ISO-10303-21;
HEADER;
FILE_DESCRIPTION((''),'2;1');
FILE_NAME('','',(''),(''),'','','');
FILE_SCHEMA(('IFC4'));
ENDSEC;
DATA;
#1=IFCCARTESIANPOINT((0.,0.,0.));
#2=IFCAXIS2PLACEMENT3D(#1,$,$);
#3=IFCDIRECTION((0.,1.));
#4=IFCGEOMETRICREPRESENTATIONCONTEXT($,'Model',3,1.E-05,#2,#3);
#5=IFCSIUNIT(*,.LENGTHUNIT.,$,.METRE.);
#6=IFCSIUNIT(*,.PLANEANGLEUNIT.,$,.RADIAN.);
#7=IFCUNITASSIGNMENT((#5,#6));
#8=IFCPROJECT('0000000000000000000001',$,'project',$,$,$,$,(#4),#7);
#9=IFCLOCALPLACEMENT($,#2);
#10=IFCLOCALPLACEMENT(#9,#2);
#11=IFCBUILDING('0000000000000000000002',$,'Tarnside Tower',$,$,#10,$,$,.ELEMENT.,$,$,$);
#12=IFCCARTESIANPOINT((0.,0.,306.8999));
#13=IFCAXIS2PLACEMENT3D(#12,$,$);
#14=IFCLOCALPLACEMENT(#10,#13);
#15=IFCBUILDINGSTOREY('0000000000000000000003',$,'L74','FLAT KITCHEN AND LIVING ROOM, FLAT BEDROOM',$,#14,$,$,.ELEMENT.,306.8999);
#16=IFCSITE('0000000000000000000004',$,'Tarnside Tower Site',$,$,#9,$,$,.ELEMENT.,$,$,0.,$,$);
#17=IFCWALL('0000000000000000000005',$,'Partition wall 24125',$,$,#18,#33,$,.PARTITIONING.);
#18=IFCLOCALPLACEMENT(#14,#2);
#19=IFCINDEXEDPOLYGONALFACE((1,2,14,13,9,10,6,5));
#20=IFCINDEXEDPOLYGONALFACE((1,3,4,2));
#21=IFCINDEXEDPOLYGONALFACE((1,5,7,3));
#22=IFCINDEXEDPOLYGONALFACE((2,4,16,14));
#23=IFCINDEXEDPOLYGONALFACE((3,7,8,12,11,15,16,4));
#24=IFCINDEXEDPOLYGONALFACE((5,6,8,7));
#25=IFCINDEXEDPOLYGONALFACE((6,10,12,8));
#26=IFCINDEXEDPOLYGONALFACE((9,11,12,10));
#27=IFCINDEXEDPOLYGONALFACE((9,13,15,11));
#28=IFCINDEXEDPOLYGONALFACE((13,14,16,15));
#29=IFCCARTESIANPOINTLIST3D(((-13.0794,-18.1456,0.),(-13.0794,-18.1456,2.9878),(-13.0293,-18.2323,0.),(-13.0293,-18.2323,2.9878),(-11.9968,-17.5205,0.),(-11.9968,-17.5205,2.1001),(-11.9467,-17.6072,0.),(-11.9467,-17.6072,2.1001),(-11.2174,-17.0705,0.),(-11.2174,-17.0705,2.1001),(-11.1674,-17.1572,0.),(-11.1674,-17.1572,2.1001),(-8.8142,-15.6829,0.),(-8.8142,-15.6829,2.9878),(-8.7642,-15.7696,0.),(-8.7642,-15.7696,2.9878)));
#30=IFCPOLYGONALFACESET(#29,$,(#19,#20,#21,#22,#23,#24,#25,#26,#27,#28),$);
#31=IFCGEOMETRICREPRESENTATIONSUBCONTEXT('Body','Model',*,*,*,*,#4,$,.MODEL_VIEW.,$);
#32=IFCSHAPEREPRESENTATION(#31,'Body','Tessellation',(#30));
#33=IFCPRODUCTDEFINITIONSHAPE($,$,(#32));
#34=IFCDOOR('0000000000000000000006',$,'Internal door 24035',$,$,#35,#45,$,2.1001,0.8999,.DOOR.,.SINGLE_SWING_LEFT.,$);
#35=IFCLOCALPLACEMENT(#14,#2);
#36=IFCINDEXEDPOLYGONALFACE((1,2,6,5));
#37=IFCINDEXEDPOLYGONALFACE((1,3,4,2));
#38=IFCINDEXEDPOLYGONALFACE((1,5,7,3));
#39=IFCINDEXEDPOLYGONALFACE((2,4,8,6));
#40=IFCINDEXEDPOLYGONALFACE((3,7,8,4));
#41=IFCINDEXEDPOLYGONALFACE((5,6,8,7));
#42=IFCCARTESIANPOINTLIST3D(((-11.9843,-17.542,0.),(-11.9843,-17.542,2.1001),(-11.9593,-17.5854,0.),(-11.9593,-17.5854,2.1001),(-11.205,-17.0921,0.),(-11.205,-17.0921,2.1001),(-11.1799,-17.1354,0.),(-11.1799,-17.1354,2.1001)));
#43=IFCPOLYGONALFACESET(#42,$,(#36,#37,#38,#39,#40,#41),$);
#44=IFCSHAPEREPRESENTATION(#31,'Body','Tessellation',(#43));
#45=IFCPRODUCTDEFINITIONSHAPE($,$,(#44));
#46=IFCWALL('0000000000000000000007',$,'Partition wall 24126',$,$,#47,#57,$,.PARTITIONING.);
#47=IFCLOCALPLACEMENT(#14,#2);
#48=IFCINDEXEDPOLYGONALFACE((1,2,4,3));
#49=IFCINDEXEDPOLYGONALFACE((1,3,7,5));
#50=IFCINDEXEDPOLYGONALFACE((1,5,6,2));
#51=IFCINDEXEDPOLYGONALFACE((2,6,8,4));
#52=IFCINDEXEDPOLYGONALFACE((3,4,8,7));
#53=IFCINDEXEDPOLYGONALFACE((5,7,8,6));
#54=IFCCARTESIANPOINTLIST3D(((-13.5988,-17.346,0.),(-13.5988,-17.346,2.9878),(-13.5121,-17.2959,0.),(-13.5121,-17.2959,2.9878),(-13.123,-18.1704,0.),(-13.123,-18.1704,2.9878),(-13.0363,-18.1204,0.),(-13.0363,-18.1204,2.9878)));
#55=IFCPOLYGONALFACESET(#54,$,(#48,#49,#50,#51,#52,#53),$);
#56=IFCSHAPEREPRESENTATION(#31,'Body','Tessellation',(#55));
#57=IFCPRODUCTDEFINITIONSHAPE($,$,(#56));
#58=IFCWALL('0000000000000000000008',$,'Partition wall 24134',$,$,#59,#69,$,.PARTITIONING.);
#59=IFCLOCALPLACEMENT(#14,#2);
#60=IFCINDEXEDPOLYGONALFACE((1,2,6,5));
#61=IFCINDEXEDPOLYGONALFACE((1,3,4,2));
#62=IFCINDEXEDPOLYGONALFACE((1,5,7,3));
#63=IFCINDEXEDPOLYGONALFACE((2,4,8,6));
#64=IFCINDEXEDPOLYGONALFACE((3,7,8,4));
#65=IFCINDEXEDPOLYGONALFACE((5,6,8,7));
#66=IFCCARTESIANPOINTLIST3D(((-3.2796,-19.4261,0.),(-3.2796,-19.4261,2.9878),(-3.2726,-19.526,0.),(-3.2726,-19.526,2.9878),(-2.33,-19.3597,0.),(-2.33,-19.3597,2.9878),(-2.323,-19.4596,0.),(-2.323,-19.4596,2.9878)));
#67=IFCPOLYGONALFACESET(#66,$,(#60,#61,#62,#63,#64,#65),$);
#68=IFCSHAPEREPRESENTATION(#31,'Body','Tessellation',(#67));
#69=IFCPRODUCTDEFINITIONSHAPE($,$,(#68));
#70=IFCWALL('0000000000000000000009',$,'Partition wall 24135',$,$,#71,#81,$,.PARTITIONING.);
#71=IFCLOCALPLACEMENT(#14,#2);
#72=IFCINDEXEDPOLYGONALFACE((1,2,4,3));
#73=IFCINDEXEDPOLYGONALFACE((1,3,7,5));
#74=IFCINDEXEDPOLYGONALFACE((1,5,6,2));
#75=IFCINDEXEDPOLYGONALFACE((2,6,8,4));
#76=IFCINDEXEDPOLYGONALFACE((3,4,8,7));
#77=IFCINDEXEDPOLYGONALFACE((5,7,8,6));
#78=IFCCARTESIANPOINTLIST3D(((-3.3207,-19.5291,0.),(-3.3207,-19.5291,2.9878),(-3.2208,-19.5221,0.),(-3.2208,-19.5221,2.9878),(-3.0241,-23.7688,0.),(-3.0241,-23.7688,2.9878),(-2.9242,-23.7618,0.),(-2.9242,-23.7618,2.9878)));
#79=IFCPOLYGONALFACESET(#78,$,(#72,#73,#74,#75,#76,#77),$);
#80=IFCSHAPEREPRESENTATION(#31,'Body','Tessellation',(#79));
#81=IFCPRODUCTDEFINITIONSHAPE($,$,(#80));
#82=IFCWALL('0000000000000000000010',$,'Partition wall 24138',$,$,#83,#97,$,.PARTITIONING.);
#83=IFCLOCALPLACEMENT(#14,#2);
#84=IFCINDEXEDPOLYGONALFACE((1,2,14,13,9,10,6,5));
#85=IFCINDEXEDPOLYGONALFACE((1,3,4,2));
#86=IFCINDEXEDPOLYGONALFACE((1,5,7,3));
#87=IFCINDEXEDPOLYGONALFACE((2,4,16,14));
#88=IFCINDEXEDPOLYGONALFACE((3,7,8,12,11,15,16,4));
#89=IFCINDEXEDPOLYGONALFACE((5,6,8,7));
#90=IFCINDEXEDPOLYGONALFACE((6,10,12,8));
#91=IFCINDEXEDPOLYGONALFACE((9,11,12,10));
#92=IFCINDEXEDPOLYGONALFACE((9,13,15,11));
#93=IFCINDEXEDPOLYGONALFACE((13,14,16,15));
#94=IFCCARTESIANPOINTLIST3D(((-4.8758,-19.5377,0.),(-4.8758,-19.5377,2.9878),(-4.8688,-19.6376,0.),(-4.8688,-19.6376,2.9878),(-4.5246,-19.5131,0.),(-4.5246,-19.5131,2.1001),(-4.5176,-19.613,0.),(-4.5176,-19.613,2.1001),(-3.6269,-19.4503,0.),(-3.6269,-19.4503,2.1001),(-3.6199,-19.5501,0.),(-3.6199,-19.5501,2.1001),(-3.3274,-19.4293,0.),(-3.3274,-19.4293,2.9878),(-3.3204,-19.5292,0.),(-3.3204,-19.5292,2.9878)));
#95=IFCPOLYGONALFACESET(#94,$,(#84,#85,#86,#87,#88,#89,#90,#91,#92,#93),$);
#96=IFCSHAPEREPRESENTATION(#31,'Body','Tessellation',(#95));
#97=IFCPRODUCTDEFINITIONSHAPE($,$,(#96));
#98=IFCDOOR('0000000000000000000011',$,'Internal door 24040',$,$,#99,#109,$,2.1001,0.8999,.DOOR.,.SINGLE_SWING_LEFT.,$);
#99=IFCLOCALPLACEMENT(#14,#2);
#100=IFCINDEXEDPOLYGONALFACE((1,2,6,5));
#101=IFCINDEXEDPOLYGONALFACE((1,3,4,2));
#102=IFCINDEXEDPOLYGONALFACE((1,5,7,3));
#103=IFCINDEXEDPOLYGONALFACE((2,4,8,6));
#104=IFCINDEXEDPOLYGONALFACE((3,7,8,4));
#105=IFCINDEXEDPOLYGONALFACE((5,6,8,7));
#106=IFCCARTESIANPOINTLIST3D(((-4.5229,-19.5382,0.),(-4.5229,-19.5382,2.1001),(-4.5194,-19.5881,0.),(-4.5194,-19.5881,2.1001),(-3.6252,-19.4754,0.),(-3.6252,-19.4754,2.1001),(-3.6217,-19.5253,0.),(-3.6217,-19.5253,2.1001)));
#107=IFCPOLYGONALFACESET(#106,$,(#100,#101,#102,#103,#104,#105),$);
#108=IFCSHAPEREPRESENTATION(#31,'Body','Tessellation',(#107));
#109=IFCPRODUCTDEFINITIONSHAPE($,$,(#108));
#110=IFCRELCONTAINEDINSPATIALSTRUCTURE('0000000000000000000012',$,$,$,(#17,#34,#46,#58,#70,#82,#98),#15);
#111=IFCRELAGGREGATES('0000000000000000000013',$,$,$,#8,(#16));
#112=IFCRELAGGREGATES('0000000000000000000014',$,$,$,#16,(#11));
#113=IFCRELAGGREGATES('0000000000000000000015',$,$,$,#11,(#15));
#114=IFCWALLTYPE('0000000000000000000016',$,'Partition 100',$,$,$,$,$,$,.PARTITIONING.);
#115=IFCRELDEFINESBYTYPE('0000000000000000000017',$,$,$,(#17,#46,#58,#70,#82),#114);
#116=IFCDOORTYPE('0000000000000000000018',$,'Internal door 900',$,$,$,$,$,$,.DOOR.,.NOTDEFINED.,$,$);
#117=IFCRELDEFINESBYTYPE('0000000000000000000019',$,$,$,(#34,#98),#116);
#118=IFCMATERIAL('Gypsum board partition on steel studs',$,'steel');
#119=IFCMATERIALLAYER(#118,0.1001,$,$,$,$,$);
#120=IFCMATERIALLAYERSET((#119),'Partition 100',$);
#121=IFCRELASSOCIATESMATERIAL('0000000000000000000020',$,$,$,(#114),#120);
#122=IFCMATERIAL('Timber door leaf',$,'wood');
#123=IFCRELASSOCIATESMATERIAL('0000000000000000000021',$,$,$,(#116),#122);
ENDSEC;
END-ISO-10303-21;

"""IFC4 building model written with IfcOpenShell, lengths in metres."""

from ifc_helpers import new_model, si_unit, direction, frame, frame_2d, origin, place, context, subcontext, project, spatial, rectangle, extrude, material, layer, layer_set, type_object, element, fill, save


model = new_model("IFC4")

# Units and contexts
model_context = context("Model", 3, precision=1e-05, world=origin(), true_north=direction((0.0, 1.0)))
body_context = subcontext(model_context, "Body", "Model", "MODEL_VIEW")
ifc_project = project(units=[si_unit("LENGTHUNIT", "METRE"), si_unit("PLANEANGLEUNIT", "RADIAN")], contexts=[model_context])

# Site, building, storey
site_placement = place(None, origin())
site = spatial("IfcSite", under=ifc_project, at=site_placement, Name="Tarnside Tower Site", CompositionType="ELEMENT", RefElevation=0.0)
building_placement = place(site_placement, origin())
building = spatial("IfcBuilding", under=site, at=building_placement, Name="Tarnside Tower", CompositionType="ELEMENT")
storey_placement = place(building_placement, frame((0.0, 0.0, 306.8999)))
storey = spatial("IfcBuildingStorey", under=building, at=storey_placement, Name="L74", Description="FLAT KITCHEN AND LIVING ROOM, FLAT BEDROOM", CompositionType="ELEMENT", Elevation=306.8999)

# Shared definitions
ifc_material_1 = material(Name="Gypsum board partition on steel studs", Category="steel")
ifc_material_2 = material(Name="Timber door leaf", Category="wood")

# Wall, opening, door
ifc_layer_1 = layer(ifc_material_1, 0.1001)
ifc_layer_set_1 = layer_set([ifc_layer_1], Name="Partition 100")
wall_type_1 = type_object("IfcWallType", Name="Partition 100", PredefinedType="PARTITIONING", material=ifc_layer_set_1)
wall_1_placement = place(storey_placement, frame((-8.7893, -15.7263, 0.0), z_axis=(0.0, 0.0, 1.0), x_axis=(-0.866011, -0.500026, 0.0)))
wall_1 = element("IfcWall", 1, at=wall_1_placement, inside=storey, type_object=wall_type_1, Name="Partition wall 24125", PredefinedType="PARTITIONING", context=body_context, shape_type="SweptSolid", body=[
    extrude(rectangle(XDim=4.925, YDim=0.1001, at=frame_2d((2.4624, 0.0))), origin(), (0.0, 0.0, 1.0), 2.9878),
])
opening_1_placement = place(wall_1_placement, frame((2.7749, 0.0, 0.0)))
opening_1 = element("IfcOpeningElement", 2, at=opening_1_placement, cuts=wall_1, PredefinedType="OPENING", context=body_context, shape_type="SweptSolid", body=[
    extrude(rectangle(XDim=0.8999, YDim=2.1001, at=frame_2d((0.45, 1.05))), frame((0.0, 0.0601, 0.0), z_axis=(0.0, -1.0, 0.0), x_axis=(1.0, 0.0, 0.0)), (0.0, 0.0, 1.0), 0.1201),
])
door_type_1 = type_object("IfcDoorType", Name="Internal door 900", OperationType="NOTDEFINED", PredefinedType="DOOR", material=ifc_material_2)
door_1_placement = place(opening_1_placement, origin())
door_1 = element("IfcDoor", 3, at=door_1_placement, inside=storey, type_object=door_type_1, Name="Internal door 24035", OperationType="SINGLE_SWING_LEFT", OverallHeight=2.1001, OverallWidth=0.8999, PredefinedType="DOOR", context=body_context, shape_type="SweptSolid", body=[
    extrude(rectangle(XDim=0.8999, YDim=2.1001, at=frame_2d((0.45, 1.05))), frame((0.0, 0.0249, 0.0), z_axis=(0.0, -1.0, 0.0), x_axis=(1.0, 0.0, 0.0)), (0.0, 0.0, 1.0), 0.05),
])
fill(opening_1, door_1)

# Walls
for number, where, z_axis, x_axis, name in (
    (4, (-13.0796, -18.1455, 0.0), (0.0, 0.0, 1.0), (-0.499863, 0.866104, 0.0), "Partition wall 24126"),
    (5, (-2.3264, -19.4097, 0.0), (0.0, 0.0, 1.0), (-0.997564, -0.069753, 0.0), "Partition wall 24134"),
):
    element("IfcWall", number, at=place(storey_placement, frame(where, z_axis=z_axis, x_axis=x_axis)), inside=storey, type_object=wall_type_1, Name=name, PredefinedType="PARTITIONING", context=body_context, shape_type="SweptSolid", body=[
        extrude(rectangle(XDim=0.9519, YDim=0.1001, at=frame_2d((0.4761, 0.0))), origin(), (0.0, 0.0, 1.0), 2.9878),
    ])
wall_2_placement = place(storey_placement, frame((-3.2708, -19.5256, 0.0), z_axis=(0.0, 0.0, 1.0), x_axis=(0.069794, -0.997561, 0.0)))
element("IfcWall", 6, at=wall_2_placement, inside=storey, type_object=wall_type_1, Name="Partition wall 24135", PredefinedType="PARTITIONING", context=body_context, shape_type="SweptSolid", body=[
    extrude(rectangle(XDim=4.25, YDim=0.1001, at=frame_2d((2.125, 0.0))), origin(), (0.0, 0.0, 1.0), 2.9878),
])

# Wall, opening, door
wall_3_placement = place(storey_placement, frame((-4.8723, -19.5876, 0.0), z_axis=(0.0, 0.0, 1.0), x_axis=(0.997558, 0.069839, 0.0)))
wall_3 = element("IfcWall", 7, at=wall_3_placement, inside=storey, type_object=wall_type_1, Name="Partition wall 24138", PredefinedType="PARTITIONING", context=body_context, shape_type="SweptSolid", body=[
    extrude(rectangle(XDim=1.5522, YDim=0.1001, at=frame_2d((0.7761, 0.0))), origin(), (0.0, 0.0, 1.0), 2.9878),
])
opening_2_placement = place(wall_3_placement, frame((0.3521, 0.0, 0.0)))
opening_2 = element("IfcOpeningElement", 8, at=opening_2_placement, cuts=wall_3, PredefinedType="OPENING", context=body_context, shape_type="SweptSolid", body=[
    extrude(rectangle(XDim=0.8999, YDim=2.1001, at=frame_2d((0.45, 1.05))), frame((0.0, 0.0601, 0.0), z_axis=(0.0, -1.0, 0.0), x_axis=(1.0, 0.0, 0.0)), (0.0, 0.0, 1.0), 0.1201),
])
door_2_placement = place(opening_2_placement, origin())
door_2 = element("IfcDoor", 9, at=door_2_placement, inside=storey, type_object=door_type_1, Name="Internal door 24040", OperationType="SINGLE_SWING_LEFT", OverallHeight=2.1001, OverallWidth=0.8999, PredefinedType="DOOR", context=body_context, shape_type="SweptSolid", body=[
    extrude(rectangle(XDim=0.8999, YDim=2.1001, at=frame_2d((0.45, 1.05))), frame((0.0, 0.0249, 0.0), z_axis=(0.0, -1.0, 0.0), x_axis=(1.0, 0.0, 0.0)), (0.0, 0.0, 1.0), 0.05),
])
fill(opening_2, door_2)

save(model, "model.ifc")
